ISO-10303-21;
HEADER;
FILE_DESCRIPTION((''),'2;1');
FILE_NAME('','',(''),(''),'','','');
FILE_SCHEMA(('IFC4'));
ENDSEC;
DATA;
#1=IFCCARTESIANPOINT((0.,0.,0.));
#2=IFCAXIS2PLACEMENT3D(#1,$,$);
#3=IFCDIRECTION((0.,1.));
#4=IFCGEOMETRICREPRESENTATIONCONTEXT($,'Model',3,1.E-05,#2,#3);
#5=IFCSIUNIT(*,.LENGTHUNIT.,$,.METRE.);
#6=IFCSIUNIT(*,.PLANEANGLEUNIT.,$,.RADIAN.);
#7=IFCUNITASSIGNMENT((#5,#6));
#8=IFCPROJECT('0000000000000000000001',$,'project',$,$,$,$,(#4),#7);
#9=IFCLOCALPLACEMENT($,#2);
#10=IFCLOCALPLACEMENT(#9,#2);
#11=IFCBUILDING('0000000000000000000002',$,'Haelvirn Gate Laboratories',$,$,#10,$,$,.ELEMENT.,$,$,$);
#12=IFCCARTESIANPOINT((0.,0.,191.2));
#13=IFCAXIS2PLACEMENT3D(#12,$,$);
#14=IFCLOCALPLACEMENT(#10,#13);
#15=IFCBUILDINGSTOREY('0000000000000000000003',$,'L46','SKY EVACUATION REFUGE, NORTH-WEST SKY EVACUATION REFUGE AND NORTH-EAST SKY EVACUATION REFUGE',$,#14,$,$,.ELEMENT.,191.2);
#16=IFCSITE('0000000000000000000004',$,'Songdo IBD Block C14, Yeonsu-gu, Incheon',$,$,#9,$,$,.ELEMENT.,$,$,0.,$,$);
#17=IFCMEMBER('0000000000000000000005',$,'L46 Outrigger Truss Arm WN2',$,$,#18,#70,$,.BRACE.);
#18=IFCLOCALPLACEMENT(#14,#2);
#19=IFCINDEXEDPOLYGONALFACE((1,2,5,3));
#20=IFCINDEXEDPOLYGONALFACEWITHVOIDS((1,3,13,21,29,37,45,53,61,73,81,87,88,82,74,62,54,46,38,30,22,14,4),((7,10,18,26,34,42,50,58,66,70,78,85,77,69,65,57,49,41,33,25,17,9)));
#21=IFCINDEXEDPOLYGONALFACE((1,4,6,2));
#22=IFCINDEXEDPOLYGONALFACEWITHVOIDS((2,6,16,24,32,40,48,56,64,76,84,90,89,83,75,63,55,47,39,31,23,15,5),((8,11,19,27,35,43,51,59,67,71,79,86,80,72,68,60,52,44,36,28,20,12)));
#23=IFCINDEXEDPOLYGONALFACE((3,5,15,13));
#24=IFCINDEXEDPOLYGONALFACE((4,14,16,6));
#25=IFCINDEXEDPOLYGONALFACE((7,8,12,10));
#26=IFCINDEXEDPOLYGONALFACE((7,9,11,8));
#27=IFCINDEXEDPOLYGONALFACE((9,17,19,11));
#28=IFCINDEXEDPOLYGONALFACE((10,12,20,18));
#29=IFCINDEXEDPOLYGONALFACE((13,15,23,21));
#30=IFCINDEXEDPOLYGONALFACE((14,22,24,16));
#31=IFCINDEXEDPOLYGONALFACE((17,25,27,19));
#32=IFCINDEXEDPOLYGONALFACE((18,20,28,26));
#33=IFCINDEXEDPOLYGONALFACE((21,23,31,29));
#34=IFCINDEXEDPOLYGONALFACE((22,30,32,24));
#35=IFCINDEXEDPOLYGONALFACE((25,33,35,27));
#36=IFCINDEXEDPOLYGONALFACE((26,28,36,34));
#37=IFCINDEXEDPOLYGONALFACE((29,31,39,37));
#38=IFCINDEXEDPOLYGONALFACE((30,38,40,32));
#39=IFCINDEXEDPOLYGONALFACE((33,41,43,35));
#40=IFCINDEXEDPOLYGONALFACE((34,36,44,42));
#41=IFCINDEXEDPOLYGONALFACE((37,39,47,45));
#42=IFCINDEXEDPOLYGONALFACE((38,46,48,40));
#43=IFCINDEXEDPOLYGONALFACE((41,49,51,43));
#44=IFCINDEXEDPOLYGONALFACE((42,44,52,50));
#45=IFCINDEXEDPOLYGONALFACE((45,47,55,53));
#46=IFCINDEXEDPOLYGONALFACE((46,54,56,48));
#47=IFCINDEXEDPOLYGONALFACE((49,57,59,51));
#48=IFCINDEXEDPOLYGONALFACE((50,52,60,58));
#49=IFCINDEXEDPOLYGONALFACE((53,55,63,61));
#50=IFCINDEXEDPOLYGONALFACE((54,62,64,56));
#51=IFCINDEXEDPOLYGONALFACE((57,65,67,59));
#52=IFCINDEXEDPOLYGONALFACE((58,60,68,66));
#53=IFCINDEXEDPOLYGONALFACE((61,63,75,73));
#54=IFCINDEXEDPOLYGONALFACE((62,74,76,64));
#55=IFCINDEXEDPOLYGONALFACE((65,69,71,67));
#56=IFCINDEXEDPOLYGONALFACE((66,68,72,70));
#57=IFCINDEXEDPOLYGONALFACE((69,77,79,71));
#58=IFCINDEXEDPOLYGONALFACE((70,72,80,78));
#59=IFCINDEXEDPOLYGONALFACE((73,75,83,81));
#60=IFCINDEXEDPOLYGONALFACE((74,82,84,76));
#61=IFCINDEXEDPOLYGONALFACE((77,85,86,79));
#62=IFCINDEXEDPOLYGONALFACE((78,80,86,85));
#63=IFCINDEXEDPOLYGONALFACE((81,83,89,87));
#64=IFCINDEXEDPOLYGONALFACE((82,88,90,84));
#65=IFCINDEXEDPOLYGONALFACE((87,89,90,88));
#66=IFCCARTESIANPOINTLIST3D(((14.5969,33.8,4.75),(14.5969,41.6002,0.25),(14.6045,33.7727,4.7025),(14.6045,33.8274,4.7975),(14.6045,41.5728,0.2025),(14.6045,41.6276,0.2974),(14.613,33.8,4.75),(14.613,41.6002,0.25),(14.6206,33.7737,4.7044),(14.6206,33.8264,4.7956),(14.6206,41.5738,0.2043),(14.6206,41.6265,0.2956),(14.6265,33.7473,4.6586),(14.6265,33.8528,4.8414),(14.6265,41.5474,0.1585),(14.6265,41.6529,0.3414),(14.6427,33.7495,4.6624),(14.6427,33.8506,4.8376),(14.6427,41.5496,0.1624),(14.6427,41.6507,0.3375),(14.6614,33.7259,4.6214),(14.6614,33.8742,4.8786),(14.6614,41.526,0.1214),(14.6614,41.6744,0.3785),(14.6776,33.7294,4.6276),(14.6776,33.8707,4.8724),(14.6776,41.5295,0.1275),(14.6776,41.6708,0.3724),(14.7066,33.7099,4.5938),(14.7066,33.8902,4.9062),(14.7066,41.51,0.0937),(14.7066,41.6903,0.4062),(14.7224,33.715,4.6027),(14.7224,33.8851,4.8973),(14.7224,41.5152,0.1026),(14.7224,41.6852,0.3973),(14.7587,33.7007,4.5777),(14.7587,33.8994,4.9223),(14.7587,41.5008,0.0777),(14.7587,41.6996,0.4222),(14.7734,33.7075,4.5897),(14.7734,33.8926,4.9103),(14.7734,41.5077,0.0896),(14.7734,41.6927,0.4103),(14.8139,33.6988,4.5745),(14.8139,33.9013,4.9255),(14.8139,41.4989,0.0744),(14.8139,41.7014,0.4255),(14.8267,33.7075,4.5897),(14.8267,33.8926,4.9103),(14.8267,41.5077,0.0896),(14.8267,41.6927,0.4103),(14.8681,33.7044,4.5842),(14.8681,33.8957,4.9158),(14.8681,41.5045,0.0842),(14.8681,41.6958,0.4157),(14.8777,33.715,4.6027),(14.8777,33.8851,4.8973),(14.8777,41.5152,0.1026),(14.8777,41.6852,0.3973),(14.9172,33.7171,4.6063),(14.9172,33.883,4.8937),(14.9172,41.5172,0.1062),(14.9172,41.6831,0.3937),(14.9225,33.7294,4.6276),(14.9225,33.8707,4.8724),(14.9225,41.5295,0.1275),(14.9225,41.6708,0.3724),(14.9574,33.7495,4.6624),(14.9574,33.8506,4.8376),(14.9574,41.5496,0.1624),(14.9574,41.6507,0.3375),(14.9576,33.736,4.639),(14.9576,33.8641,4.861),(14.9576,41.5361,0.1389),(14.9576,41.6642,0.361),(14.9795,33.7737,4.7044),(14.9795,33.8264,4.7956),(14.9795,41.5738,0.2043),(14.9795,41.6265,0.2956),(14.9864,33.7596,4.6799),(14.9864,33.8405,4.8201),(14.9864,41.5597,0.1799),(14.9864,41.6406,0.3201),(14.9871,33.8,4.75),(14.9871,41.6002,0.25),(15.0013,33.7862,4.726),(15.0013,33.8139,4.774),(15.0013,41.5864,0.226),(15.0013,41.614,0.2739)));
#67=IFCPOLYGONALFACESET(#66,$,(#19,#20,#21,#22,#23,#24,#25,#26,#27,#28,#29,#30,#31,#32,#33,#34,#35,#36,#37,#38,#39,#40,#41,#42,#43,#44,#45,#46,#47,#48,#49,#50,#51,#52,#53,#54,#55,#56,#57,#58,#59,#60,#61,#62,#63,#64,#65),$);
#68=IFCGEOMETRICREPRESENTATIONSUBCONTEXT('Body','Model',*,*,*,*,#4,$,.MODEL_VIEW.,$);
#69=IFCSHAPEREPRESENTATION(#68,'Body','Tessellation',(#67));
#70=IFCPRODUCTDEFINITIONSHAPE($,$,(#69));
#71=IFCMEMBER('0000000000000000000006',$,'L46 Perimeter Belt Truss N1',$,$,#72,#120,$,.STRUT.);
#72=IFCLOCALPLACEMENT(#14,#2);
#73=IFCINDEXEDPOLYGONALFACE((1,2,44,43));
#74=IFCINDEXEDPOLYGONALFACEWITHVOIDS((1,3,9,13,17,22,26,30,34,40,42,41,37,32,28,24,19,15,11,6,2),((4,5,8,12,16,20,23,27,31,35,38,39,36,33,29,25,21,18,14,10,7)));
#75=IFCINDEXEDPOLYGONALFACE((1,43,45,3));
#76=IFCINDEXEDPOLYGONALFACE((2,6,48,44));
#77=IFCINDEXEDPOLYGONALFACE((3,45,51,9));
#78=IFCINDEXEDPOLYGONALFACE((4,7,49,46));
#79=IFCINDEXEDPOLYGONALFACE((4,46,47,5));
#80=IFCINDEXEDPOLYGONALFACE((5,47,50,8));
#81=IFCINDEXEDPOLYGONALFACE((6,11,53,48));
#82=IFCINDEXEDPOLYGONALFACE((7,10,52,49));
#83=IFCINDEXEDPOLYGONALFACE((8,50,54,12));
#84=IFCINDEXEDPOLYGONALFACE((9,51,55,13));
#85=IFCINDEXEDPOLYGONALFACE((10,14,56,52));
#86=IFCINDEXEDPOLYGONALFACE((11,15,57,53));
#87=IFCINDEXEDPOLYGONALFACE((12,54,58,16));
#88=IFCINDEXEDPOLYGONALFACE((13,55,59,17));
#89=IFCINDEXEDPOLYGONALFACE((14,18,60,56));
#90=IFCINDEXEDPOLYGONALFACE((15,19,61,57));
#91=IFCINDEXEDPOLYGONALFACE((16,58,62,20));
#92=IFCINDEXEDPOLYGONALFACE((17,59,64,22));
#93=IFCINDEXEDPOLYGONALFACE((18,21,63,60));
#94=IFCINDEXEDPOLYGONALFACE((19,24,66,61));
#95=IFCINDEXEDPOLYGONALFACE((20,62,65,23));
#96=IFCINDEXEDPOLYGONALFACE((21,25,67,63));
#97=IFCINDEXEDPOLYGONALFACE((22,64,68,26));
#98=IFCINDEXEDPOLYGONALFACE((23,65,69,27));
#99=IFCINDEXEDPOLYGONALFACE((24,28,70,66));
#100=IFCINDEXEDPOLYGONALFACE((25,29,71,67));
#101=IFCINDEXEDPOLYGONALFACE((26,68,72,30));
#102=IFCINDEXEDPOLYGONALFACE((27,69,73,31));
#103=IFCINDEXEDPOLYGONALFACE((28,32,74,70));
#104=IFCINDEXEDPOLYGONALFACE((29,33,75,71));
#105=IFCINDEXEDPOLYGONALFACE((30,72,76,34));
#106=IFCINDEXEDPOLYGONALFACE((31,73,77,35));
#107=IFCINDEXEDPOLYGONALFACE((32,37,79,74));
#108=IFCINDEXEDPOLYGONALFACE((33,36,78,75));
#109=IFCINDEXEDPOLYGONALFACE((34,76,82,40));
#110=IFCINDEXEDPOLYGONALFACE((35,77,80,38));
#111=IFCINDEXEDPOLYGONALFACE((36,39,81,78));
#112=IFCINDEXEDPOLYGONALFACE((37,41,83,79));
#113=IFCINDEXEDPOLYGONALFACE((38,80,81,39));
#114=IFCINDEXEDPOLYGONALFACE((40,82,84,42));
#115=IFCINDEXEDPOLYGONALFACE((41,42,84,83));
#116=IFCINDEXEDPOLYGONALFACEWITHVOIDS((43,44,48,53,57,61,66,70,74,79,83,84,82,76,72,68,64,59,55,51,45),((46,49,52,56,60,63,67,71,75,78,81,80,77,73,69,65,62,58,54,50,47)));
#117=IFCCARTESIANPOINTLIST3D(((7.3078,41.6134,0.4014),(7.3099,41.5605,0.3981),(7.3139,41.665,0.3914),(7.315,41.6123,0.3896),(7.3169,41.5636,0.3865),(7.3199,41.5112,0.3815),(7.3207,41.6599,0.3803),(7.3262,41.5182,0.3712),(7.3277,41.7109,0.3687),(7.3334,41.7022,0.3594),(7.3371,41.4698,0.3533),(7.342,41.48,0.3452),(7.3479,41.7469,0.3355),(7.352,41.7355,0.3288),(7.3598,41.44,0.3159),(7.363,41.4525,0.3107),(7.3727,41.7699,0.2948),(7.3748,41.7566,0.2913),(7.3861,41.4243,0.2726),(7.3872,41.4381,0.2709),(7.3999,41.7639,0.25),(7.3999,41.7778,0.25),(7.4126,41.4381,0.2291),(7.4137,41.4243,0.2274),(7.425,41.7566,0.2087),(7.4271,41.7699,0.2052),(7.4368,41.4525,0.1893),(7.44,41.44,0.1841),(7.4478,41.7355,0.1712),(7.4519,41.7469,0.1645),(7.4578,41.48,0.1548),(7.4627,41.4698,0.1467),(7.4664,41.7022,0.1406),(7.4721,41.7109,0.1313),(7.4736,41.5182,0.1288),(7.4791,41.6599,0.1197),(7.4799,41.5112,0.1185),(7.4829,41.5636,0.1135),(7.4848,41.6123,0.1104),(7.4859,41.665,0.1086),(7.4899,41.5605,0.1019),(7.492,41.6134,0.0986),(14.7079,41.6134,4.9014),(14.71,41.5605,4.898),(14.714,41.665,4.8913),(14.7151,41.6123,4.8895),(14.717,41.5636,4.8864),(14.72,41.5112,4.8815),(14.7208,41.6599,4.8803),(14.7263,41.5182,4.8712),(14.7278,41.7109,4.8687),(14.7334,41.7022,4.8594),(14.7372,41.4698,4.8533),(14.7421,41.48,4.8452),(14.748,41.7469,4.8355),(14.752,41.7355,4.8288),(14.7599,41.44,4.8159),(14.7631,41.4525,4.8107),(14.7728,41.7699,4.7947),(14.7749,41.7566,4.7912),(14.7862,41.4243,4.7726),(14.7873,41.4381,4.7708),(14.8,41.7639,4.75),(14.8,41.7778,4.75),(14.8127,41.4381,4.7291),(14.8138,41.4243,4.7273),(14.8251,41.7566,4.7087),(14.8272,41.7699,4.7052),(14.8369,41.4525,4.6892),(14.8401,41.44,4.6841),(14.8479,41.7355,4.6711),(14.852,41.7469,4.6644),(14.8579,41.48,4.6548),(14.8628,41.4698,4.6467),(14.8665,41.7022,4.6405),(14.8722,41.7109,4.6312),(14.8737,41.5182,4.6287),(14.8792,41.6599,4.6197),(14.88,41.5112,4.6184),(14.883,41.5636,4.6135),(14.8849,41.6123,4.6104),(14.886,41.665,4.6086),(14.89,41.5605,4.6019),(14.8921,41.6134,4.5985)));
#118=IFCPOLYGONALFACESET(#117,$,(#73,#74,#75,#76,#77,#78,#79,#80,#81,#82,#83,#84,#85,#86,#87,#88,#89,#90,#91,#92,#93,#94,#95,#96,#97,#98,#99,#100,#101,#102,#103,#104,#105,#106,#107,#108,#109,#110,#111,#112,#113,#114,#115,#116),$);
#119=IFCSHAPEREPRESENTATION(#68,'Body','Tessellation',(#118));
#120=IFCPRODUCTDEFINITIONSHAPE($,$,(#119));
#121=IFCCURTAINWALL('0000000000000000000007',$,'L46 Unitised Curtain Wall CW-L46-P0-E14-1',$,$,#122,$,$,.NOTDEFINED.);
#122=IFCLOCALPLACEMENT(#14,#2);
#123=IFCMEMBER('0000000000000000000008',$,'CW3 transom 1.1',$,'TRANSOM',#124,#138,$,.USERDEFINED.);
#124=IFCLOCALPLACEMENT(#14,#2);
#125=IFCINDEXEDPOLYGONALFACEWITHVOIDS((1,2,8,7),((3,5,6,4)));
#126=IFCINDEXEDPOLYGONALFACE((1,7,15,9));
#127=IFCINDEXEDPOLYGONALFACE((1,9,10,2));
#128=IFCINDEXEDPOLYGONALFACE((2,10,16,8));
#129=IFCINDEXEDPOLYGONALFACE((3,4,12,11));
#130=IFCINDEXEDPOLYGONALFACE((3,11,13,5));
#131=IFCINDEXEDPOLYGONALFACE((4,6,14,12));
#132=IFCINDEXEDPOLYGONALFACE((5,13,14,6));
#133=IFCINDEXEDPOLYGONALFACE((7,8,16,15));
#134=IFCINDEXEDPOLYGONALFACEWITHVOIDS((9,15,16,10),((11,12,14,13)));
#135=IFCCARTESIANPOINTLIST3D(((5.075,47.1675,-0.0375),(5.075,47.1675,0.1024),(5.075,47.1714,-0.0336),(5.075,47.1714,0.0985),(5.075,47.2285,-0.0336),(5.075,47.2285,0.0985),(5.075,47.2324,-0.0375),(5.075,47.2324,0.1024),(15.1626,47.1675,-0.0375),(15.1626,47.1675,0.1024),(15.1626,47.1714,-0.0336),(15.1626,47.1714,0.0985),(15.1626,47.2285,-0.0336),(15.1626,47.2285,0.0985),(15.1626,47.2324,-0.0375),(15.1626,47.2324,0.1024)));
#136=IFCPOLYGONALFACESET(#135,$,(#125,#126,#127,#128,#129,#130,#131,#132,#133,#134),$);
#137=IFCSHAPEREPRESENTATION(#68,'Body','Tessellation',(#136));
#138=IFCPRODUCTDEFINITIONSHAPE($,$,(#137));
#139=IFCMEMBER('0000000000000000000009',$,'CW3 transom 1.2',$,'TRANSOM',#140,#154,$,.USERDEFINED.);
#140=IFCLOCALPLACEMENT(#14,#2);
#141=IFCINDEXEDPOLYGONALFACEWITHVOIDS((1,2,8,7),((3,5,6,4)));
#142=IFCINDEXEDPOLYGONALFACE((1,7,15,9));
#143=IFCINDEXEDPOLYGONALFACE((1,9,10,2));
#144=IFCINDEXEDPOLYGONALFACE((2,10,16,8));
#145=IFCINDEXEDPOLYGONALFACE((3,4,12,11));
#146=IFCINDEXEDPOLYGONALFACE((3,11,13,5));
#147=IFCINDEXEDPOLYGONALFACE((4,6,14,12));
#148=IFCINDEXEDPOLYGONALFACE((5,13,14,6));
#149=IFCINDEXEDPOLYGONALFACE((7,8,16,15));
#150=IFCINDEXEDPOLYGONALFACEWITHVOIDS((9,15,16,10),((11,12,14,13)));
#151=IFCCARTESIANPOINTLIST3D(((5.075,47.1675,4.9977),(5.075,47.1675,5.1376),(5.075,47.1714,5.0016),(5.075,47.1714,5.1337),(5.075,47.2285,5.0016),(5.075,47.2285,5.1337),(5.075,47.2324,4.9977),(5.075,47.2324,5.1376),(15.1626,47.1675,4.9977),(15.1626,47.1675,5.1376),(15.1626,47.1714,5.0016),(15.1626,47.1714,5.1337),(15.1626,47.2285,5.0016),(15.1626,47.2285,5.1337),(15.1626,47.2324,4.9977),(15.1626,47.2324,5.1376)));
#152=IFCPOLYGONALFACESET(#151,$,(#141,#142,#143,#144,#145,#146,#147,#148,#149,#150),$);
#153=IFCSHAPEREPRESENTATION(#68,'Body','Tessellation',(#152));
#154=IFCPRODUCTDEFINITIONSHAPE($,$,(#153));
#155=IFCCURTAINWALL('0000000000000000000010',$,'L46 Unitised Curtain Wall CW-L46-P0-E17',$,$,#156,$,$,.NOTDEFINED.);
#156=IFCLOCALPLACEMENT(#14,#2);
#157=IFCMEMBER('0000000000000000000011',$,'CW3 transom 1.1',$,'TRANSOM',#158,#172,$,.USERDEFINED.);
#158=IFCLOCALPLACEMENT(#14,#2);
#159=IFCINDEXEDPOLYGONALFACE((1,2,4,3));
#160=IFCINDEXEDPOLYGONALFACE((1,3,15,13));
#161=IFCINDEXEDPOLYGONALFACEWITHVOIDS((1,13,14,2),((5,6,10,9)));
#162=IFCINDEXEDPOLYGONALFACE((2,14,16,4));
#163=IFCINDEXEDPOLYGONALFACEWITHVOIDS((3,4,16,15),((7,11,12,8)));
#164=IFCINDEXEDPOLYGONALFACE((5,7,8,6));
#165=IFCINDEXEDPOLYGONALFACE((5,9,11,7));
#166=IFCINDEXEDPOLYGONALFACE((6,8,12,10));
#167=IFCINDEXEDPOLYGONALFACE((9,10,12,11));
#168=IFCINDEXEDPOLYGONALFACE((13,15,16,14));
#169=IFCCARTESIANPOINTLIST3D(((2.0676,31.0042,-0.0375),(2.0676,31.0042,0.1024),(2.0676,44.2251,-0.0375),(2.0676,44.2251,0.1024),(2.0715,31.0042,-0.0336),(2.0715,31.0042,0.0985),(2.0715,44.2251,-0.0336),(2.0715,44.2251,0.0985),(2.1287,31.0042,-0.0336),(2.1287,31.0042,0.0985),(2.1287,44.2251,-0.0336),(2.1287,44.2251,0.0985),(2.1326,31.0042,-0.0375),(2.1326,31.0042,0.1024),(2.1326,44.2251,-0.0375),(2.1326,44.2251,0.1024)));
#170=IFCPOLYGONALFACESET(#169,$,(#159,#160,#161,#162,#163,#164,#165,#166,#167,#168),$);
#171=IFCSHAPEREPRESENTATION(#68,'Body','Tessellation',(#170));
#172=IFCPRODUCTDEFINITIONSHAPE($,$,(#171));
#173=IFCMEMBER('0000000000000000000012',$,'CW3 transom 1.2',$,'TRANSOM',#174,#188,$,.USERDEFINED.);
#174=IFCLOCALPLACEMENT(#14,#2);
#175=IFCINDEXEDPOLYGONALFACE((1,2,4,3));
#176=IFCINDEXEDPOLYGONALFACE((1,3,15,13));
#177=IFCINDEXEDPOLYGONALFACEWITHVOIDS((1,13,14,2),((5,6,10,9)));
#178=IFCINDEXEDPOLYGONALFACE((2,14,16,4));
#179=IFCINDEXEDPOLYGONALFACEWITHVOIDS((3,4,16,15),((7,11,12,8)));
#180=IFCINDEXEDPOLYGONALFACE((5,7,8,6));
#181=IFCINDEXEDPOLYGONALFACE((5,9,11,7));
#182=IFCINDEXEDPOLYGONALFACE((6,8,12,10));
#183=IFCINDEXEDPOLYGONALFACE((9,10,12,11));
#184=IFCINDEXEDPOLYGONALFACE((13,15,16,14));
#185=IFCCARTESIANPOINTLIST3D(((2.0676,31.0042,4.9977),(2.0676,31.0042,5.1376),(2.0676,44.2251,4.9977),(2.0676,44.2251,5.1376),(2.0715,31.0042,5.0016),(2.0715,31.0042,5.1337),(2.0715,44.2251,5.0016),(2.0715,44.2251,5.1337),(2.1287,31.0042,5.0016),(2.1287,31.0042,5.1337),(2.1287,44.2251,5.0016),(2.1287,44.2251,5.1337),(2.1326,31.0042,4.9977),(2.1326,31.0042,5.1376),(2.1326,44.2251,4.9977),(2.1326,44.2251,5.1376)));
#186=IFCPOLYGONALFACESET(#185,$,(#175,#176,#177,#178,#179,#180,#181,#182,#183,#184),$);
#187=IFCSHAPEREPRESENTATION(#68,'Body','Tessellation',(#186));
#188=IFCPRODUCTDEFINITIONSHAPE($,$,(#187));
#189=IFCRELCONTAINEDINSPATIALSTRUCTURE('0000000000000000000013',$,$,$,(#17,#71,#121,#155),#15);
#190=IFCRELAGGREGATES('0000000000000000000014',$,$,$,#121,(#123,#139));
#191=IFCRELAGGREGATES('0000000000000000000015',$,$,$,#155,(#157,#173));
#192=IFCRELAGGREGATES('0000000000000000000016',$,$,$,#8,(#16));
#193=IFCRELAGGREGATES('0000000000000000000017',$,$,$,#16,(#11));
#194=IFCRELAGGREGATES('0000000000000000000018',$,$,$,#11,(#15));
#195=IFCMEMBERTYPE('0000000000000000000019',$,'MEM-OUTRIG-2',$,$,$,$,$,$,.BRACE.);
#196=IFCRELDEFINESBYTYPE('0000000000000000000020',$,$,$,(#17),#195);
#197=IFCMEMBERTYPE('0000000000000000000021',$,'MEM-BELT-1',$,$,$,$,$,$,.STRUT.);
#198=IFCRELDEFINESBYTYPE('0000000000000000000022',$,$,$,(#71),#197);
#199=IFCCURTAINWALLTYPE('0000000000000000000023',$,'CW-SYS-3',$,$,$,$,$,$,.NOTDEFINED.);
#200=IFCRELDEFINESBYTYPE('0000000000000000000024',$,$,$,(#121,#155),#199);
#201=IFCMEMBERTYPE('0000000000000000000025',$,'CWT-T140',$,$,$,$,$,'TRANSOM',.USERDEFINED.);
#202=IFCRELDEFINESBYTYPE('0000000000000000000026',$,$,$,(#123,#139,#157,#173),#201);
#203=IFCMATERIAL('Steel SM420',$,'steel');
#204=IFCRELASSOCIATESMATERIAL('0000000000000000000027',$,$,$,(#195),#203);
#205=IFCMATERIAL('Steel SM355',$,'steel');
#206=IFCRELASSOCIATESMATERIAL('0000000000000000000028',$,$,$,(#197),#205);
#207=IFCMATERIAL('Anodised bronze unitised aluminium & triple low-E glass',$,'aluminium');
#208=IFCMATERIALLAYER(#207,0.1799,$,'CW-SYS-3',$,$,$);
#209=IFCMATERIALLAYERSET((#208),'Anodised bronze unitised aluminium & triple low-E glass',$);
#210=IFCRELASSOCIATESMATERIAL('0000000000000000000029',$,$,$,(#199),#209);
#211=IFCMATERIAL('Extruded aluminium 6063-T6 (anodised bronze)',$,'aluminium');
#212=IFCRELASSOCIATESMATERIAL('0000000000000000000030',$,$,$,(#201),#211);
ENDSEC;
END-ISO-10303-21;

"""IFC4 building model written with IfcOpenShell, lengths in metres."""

from ifc_helpers import new_model, si_unit, direction, frame, origin, origin_2d, place, context, subcontext, project, spatial, hollow_rectangle, hollow_circle, extrude, source, transform, mapped, material, layer, layer_set, material_profile, profile_set, type_object, type_shapes, element, aggregate, save


model = new_model("IFC4")

# Units and contexts
model_context = context("Model", 3, precision=1e-05, world=origin(), true_north=direction((0.0, 1.0)))
body_context = subcontext(model_context, "Body", "Model", "MODEL_VIEW")
ifc_project = project(units=[si_unit("LENGTHUNIT", "METRE"), si_unit("PLANEANGLEUNIT", "RADIAN")], contexts=[model_context])

# Site, building, storey
site_placement = place(None, origin())
site = spatial("IfcSite", under=ifc_project, at=site_placement, Name="Songdo IBD Block C14, Yeonsu-gu, Incheon", CompositionType="ELEMENT", RefElevation=0.0)
building_placement = place(site_placement, origin())
building = spatial("IfcBuilding", under=site, at=building_placement, Name="Haelvirn Gate Laboratories", CompositionType="ELEMENT")
storey_placement = place(building_placement, frame((0.0, 0.0, 191.2)))
storey = spatial("IfcBuildingStorey", under=building, at=storey_placement, Name="L46", Description="SKY EVACUATION REFUGE, NORTH-WEST SKY EVACUATION REFUGE AND NORTH-EAST SKY EVACUATION REFUGE", CompositionType="ELEMENT", Elevation=191.2)

# Shared definitions
ifc_material_1 = material(Name="Steel SM420", Category="steel")
ifc_material_2 = material(Name="Steel SM355", Category="steel")

# Members
ifc_material_profile_1 = material_profile(ifc_material_1, hollow_circle(Radius=0.2031, WallThickness=0.0161, at=origin_2d()), Name="CHS-406x16")
ifc_profile_set_1 = profile_set([ifc_material_profile_1], Name="Steel SM420")
member_type_1 = type_object("IfcMemberType", Name="MEM-OUTRIG-2", PredefinedType="BRACE", material=ifc_profile_set_1)
shared_shape_1 = source(origin(), body_context, "Body", "SweptSolid", [
    extrude(hollow_circle(Radius=0.2031, WallThickness=0.0161, at=origin_2d()), origin(), (0.0, 0.0, 1.0), 9.0051),
])
type_shapes(member_type_1, [shared_shape_1])
for number, where, z_axis, x_axis, name in (
    (1, (14.8, 33.8, 4.75), (0.0, 0.866187, -0.49972), (-1.0, 0.0, 0.0), "L46 Outrigger Truss Arm WN2"),
):
    element("IfcMember", number, at=place(storey_placement, frame(where, z_axis=z_axis, x_axis=x_axis)), inside=storey, type_object=member_type_1, Name=name, PredefinedType="BRACE", context=body_context, shape_type="MappedRepresentation", body=[
        mapped(shared_shape_1, transform((0.0, 0.0, 0.0), scale=1.0)),
    ])
ifc_material_profile_2 = material_profile(ifc_material_2, hollow_circle(Radius=0.1777, WallThickness=0.0139, at=origin_2d()), Name="CHS-355x14")
ifc_profile_set_2 = profile_set([ifc_material_profile_2], Name="Steel SM355")
member_type_2 = type_object("IfcMemberType", Name="MEM-BELT-1", PredefinedType="STRUT", material=ifc_profile_set_2)
shared_shape_2 = source(origin(), body_context, "Body", "SweptSolid", [
    extrude(hollow_circle(Radius=0.1777, WallThickness=0.0139, at=origin_2d()), origin(), (0.0, 0.0, 1.0), 8.6609),
])
type_shapes(member_type_2, [shared_shape_2])
member_1_placement = place(storey_placement, frame((7.3999, 41.6001, 0.25), z_axis=(0.854426, 0.0, 0.519573), x_axis=(0.0, 1.0, 0.0)))
element("IfcMember", 2, at=member_1_placement, inside=storey, type_object=member_type_2, Name="L46 Perimeter Belt Truss N1", PredefinedType="STRUT", context=body_context, shape_type="MappedRepresentation", body=[
    mapped(shared_shape_2, transform((0.0, 0.0, 0.0), scale=1.0)),
])

# Curtain walls, members
ifc_material_3 = material(Name="Anodised bronze unitised aluminium & triple low-E glass", Category="aluminium")
ifc_layer_1 = layer(ifc_material_3, 0.1799, Name="CW-SYS-3")
ifc_layer_set_1 = layer_set([ifc_layer_1], Name="Anodised bronze unitised aluminium & triple low-E glass")
curtain_wall_type_1 = type_object("IfcCurtainWallType", Name="CW-SYS-3", PredefinedType="NOTDEFINED", material=ifc_layer_set_1)
curtain_wall_1_placement = place(storey_placement, origin())
curtain_wall_1 = element("IfcCurtainWall", 3, at=curtain_wall_1_placement, inside=storey, type_object=curtain_wall_type_1, Name="L46 Unitised Curtain Wall CW-L46-P0-E14-1", PredefinedType="NOTDEFINED")
ifc_material_4 = material(Name="Extruded aluminium 6063-T6 (anodised bronze)", Category="aluminium")
ifc_material_profile_3 = material_profile(ifc_material_4, hollow_rectangle(XDim=0.0649, YDim=0.1399, WallThickness=0.0039, at=origin_2d()), Name="CWT-140x65x4")
ifc_profile_set_3 = profile_set([ifc_material_profile_3], Name="Extruded aluminium 6063-T6 (anodised bronze)")
member_type_3 = type_object("IfcMemberType", Name="CWT-T140", ElementType="TRANSOM", PredefinedType="USERDEFINED", material=ifc_profile_set_3)
shared_shape_3 = source(origin(), body_context, "Body", "SweptSolid", [
    extrude(hollow_rectangle(XDim=0.0649, YDim=0.1399, WallThickness=0.0039, at=origin_2d()), origin(), (0.0, 0.0, 1.0), 10.0876),
])
member_2_placement = place(storey_placement, frame((5.075, 47.2, 0.0325), z_axis=(1.0, 0.0, 0.0), x_axis=(0.0, 1.0, 0.0)))
member_2 = element("IfcMember", 4, at=member_2_placement, type_object=member_type_3, Name="CW3 transom 1.1", ObjectType="TRANSOM", PredefinedType="USERDEFINED", context=body_context, shape_type="MappedRepresentation", body=[
    mapped(shared_shape_3, transform((0.0, 0.0, 0.0), scale=1.0)),
])
member_3_placement = place(storey_placement, frame((5.075, 47.2, 5.0676), z_axis=(1.0, 0.0, 0.0), x_axis=(0.0, 1.0, 0.0)))
member_3 = element("IfcMember", 5, at=member_3_placement, type_object=member_type_3, Name="CW3 transom 1.2", ObjectType="TRANSOM", PredefinedType="USERDEFINED", context=body_context, shape_type="MappedRepresentation", body=[
    mapped(shared_shape_3, transform((0.0, 0.0, 0.0), scale=1.0)),
])
curtain_wall_2_placement = place(storey_placement, origin())
curtain_wall_2 = element("IfcCurtainWall", 6, at=curtain_wall_2_placement, inside=storey, type_object=curtain_wall_type_1, Name="L46 Unitised Curtain Wall CW-L46-P0-E17", PredefinedType="NOTDEFINED")
shared_shape_4 = source(origin(), body_context, "Body", "SweptSolid", [
    extrude(hollow_rectangle(XDim=0.0649, YDim=0.1399, WallThickness=0.0039, at=origin_2d()), origin(), (0.0, 0.0, 1.0), 13.2209),
])
member_4_placement = place(storey_placement, frame((2.1001, 44.2251, 0.0325), z_axis=(0.0, -1.0, 0.0), x_axis=(1.0, 0.0, 0.0)))
member_4 = element("IfcMember", 7, at=member_4_placement, type_object=member_type_3, Name="CW3 transom 1.1", ObjectType="TRANSOM", PredefinedType="USERDEFINED", context=body_context, shape_type="MappedRepresentation", body=[
    mapped(shared_shape_4, transform((0.0, 0.0, 0.0), scale=1.0)),
])
member_5_placement = place(storey_placement, frame((2.1001, 44.2251, 5.0676), z_axis=(0.0, -1.0, 0.0), x_axis=(1.0, 0.0, 0.0)))
member_5 = element("IfcMember", 8, at=member_5_placement, type_object=member_type_3, Name="CW3 transom 1.2", ObjectType="TRANSOM", PredefinedType="USERDEFINED", context=body_context, shape_type="MappedRepresentation", body=[
    mapped(shared_shape_4, transform((0.0, 0.0, 0.0), scale=1.0)),
])

aggregate(curtain_wall_1, [member_2, member_3])
aggregate(curtain_wall_2, [member_4, member_5])

save(model, "model.ifc")
